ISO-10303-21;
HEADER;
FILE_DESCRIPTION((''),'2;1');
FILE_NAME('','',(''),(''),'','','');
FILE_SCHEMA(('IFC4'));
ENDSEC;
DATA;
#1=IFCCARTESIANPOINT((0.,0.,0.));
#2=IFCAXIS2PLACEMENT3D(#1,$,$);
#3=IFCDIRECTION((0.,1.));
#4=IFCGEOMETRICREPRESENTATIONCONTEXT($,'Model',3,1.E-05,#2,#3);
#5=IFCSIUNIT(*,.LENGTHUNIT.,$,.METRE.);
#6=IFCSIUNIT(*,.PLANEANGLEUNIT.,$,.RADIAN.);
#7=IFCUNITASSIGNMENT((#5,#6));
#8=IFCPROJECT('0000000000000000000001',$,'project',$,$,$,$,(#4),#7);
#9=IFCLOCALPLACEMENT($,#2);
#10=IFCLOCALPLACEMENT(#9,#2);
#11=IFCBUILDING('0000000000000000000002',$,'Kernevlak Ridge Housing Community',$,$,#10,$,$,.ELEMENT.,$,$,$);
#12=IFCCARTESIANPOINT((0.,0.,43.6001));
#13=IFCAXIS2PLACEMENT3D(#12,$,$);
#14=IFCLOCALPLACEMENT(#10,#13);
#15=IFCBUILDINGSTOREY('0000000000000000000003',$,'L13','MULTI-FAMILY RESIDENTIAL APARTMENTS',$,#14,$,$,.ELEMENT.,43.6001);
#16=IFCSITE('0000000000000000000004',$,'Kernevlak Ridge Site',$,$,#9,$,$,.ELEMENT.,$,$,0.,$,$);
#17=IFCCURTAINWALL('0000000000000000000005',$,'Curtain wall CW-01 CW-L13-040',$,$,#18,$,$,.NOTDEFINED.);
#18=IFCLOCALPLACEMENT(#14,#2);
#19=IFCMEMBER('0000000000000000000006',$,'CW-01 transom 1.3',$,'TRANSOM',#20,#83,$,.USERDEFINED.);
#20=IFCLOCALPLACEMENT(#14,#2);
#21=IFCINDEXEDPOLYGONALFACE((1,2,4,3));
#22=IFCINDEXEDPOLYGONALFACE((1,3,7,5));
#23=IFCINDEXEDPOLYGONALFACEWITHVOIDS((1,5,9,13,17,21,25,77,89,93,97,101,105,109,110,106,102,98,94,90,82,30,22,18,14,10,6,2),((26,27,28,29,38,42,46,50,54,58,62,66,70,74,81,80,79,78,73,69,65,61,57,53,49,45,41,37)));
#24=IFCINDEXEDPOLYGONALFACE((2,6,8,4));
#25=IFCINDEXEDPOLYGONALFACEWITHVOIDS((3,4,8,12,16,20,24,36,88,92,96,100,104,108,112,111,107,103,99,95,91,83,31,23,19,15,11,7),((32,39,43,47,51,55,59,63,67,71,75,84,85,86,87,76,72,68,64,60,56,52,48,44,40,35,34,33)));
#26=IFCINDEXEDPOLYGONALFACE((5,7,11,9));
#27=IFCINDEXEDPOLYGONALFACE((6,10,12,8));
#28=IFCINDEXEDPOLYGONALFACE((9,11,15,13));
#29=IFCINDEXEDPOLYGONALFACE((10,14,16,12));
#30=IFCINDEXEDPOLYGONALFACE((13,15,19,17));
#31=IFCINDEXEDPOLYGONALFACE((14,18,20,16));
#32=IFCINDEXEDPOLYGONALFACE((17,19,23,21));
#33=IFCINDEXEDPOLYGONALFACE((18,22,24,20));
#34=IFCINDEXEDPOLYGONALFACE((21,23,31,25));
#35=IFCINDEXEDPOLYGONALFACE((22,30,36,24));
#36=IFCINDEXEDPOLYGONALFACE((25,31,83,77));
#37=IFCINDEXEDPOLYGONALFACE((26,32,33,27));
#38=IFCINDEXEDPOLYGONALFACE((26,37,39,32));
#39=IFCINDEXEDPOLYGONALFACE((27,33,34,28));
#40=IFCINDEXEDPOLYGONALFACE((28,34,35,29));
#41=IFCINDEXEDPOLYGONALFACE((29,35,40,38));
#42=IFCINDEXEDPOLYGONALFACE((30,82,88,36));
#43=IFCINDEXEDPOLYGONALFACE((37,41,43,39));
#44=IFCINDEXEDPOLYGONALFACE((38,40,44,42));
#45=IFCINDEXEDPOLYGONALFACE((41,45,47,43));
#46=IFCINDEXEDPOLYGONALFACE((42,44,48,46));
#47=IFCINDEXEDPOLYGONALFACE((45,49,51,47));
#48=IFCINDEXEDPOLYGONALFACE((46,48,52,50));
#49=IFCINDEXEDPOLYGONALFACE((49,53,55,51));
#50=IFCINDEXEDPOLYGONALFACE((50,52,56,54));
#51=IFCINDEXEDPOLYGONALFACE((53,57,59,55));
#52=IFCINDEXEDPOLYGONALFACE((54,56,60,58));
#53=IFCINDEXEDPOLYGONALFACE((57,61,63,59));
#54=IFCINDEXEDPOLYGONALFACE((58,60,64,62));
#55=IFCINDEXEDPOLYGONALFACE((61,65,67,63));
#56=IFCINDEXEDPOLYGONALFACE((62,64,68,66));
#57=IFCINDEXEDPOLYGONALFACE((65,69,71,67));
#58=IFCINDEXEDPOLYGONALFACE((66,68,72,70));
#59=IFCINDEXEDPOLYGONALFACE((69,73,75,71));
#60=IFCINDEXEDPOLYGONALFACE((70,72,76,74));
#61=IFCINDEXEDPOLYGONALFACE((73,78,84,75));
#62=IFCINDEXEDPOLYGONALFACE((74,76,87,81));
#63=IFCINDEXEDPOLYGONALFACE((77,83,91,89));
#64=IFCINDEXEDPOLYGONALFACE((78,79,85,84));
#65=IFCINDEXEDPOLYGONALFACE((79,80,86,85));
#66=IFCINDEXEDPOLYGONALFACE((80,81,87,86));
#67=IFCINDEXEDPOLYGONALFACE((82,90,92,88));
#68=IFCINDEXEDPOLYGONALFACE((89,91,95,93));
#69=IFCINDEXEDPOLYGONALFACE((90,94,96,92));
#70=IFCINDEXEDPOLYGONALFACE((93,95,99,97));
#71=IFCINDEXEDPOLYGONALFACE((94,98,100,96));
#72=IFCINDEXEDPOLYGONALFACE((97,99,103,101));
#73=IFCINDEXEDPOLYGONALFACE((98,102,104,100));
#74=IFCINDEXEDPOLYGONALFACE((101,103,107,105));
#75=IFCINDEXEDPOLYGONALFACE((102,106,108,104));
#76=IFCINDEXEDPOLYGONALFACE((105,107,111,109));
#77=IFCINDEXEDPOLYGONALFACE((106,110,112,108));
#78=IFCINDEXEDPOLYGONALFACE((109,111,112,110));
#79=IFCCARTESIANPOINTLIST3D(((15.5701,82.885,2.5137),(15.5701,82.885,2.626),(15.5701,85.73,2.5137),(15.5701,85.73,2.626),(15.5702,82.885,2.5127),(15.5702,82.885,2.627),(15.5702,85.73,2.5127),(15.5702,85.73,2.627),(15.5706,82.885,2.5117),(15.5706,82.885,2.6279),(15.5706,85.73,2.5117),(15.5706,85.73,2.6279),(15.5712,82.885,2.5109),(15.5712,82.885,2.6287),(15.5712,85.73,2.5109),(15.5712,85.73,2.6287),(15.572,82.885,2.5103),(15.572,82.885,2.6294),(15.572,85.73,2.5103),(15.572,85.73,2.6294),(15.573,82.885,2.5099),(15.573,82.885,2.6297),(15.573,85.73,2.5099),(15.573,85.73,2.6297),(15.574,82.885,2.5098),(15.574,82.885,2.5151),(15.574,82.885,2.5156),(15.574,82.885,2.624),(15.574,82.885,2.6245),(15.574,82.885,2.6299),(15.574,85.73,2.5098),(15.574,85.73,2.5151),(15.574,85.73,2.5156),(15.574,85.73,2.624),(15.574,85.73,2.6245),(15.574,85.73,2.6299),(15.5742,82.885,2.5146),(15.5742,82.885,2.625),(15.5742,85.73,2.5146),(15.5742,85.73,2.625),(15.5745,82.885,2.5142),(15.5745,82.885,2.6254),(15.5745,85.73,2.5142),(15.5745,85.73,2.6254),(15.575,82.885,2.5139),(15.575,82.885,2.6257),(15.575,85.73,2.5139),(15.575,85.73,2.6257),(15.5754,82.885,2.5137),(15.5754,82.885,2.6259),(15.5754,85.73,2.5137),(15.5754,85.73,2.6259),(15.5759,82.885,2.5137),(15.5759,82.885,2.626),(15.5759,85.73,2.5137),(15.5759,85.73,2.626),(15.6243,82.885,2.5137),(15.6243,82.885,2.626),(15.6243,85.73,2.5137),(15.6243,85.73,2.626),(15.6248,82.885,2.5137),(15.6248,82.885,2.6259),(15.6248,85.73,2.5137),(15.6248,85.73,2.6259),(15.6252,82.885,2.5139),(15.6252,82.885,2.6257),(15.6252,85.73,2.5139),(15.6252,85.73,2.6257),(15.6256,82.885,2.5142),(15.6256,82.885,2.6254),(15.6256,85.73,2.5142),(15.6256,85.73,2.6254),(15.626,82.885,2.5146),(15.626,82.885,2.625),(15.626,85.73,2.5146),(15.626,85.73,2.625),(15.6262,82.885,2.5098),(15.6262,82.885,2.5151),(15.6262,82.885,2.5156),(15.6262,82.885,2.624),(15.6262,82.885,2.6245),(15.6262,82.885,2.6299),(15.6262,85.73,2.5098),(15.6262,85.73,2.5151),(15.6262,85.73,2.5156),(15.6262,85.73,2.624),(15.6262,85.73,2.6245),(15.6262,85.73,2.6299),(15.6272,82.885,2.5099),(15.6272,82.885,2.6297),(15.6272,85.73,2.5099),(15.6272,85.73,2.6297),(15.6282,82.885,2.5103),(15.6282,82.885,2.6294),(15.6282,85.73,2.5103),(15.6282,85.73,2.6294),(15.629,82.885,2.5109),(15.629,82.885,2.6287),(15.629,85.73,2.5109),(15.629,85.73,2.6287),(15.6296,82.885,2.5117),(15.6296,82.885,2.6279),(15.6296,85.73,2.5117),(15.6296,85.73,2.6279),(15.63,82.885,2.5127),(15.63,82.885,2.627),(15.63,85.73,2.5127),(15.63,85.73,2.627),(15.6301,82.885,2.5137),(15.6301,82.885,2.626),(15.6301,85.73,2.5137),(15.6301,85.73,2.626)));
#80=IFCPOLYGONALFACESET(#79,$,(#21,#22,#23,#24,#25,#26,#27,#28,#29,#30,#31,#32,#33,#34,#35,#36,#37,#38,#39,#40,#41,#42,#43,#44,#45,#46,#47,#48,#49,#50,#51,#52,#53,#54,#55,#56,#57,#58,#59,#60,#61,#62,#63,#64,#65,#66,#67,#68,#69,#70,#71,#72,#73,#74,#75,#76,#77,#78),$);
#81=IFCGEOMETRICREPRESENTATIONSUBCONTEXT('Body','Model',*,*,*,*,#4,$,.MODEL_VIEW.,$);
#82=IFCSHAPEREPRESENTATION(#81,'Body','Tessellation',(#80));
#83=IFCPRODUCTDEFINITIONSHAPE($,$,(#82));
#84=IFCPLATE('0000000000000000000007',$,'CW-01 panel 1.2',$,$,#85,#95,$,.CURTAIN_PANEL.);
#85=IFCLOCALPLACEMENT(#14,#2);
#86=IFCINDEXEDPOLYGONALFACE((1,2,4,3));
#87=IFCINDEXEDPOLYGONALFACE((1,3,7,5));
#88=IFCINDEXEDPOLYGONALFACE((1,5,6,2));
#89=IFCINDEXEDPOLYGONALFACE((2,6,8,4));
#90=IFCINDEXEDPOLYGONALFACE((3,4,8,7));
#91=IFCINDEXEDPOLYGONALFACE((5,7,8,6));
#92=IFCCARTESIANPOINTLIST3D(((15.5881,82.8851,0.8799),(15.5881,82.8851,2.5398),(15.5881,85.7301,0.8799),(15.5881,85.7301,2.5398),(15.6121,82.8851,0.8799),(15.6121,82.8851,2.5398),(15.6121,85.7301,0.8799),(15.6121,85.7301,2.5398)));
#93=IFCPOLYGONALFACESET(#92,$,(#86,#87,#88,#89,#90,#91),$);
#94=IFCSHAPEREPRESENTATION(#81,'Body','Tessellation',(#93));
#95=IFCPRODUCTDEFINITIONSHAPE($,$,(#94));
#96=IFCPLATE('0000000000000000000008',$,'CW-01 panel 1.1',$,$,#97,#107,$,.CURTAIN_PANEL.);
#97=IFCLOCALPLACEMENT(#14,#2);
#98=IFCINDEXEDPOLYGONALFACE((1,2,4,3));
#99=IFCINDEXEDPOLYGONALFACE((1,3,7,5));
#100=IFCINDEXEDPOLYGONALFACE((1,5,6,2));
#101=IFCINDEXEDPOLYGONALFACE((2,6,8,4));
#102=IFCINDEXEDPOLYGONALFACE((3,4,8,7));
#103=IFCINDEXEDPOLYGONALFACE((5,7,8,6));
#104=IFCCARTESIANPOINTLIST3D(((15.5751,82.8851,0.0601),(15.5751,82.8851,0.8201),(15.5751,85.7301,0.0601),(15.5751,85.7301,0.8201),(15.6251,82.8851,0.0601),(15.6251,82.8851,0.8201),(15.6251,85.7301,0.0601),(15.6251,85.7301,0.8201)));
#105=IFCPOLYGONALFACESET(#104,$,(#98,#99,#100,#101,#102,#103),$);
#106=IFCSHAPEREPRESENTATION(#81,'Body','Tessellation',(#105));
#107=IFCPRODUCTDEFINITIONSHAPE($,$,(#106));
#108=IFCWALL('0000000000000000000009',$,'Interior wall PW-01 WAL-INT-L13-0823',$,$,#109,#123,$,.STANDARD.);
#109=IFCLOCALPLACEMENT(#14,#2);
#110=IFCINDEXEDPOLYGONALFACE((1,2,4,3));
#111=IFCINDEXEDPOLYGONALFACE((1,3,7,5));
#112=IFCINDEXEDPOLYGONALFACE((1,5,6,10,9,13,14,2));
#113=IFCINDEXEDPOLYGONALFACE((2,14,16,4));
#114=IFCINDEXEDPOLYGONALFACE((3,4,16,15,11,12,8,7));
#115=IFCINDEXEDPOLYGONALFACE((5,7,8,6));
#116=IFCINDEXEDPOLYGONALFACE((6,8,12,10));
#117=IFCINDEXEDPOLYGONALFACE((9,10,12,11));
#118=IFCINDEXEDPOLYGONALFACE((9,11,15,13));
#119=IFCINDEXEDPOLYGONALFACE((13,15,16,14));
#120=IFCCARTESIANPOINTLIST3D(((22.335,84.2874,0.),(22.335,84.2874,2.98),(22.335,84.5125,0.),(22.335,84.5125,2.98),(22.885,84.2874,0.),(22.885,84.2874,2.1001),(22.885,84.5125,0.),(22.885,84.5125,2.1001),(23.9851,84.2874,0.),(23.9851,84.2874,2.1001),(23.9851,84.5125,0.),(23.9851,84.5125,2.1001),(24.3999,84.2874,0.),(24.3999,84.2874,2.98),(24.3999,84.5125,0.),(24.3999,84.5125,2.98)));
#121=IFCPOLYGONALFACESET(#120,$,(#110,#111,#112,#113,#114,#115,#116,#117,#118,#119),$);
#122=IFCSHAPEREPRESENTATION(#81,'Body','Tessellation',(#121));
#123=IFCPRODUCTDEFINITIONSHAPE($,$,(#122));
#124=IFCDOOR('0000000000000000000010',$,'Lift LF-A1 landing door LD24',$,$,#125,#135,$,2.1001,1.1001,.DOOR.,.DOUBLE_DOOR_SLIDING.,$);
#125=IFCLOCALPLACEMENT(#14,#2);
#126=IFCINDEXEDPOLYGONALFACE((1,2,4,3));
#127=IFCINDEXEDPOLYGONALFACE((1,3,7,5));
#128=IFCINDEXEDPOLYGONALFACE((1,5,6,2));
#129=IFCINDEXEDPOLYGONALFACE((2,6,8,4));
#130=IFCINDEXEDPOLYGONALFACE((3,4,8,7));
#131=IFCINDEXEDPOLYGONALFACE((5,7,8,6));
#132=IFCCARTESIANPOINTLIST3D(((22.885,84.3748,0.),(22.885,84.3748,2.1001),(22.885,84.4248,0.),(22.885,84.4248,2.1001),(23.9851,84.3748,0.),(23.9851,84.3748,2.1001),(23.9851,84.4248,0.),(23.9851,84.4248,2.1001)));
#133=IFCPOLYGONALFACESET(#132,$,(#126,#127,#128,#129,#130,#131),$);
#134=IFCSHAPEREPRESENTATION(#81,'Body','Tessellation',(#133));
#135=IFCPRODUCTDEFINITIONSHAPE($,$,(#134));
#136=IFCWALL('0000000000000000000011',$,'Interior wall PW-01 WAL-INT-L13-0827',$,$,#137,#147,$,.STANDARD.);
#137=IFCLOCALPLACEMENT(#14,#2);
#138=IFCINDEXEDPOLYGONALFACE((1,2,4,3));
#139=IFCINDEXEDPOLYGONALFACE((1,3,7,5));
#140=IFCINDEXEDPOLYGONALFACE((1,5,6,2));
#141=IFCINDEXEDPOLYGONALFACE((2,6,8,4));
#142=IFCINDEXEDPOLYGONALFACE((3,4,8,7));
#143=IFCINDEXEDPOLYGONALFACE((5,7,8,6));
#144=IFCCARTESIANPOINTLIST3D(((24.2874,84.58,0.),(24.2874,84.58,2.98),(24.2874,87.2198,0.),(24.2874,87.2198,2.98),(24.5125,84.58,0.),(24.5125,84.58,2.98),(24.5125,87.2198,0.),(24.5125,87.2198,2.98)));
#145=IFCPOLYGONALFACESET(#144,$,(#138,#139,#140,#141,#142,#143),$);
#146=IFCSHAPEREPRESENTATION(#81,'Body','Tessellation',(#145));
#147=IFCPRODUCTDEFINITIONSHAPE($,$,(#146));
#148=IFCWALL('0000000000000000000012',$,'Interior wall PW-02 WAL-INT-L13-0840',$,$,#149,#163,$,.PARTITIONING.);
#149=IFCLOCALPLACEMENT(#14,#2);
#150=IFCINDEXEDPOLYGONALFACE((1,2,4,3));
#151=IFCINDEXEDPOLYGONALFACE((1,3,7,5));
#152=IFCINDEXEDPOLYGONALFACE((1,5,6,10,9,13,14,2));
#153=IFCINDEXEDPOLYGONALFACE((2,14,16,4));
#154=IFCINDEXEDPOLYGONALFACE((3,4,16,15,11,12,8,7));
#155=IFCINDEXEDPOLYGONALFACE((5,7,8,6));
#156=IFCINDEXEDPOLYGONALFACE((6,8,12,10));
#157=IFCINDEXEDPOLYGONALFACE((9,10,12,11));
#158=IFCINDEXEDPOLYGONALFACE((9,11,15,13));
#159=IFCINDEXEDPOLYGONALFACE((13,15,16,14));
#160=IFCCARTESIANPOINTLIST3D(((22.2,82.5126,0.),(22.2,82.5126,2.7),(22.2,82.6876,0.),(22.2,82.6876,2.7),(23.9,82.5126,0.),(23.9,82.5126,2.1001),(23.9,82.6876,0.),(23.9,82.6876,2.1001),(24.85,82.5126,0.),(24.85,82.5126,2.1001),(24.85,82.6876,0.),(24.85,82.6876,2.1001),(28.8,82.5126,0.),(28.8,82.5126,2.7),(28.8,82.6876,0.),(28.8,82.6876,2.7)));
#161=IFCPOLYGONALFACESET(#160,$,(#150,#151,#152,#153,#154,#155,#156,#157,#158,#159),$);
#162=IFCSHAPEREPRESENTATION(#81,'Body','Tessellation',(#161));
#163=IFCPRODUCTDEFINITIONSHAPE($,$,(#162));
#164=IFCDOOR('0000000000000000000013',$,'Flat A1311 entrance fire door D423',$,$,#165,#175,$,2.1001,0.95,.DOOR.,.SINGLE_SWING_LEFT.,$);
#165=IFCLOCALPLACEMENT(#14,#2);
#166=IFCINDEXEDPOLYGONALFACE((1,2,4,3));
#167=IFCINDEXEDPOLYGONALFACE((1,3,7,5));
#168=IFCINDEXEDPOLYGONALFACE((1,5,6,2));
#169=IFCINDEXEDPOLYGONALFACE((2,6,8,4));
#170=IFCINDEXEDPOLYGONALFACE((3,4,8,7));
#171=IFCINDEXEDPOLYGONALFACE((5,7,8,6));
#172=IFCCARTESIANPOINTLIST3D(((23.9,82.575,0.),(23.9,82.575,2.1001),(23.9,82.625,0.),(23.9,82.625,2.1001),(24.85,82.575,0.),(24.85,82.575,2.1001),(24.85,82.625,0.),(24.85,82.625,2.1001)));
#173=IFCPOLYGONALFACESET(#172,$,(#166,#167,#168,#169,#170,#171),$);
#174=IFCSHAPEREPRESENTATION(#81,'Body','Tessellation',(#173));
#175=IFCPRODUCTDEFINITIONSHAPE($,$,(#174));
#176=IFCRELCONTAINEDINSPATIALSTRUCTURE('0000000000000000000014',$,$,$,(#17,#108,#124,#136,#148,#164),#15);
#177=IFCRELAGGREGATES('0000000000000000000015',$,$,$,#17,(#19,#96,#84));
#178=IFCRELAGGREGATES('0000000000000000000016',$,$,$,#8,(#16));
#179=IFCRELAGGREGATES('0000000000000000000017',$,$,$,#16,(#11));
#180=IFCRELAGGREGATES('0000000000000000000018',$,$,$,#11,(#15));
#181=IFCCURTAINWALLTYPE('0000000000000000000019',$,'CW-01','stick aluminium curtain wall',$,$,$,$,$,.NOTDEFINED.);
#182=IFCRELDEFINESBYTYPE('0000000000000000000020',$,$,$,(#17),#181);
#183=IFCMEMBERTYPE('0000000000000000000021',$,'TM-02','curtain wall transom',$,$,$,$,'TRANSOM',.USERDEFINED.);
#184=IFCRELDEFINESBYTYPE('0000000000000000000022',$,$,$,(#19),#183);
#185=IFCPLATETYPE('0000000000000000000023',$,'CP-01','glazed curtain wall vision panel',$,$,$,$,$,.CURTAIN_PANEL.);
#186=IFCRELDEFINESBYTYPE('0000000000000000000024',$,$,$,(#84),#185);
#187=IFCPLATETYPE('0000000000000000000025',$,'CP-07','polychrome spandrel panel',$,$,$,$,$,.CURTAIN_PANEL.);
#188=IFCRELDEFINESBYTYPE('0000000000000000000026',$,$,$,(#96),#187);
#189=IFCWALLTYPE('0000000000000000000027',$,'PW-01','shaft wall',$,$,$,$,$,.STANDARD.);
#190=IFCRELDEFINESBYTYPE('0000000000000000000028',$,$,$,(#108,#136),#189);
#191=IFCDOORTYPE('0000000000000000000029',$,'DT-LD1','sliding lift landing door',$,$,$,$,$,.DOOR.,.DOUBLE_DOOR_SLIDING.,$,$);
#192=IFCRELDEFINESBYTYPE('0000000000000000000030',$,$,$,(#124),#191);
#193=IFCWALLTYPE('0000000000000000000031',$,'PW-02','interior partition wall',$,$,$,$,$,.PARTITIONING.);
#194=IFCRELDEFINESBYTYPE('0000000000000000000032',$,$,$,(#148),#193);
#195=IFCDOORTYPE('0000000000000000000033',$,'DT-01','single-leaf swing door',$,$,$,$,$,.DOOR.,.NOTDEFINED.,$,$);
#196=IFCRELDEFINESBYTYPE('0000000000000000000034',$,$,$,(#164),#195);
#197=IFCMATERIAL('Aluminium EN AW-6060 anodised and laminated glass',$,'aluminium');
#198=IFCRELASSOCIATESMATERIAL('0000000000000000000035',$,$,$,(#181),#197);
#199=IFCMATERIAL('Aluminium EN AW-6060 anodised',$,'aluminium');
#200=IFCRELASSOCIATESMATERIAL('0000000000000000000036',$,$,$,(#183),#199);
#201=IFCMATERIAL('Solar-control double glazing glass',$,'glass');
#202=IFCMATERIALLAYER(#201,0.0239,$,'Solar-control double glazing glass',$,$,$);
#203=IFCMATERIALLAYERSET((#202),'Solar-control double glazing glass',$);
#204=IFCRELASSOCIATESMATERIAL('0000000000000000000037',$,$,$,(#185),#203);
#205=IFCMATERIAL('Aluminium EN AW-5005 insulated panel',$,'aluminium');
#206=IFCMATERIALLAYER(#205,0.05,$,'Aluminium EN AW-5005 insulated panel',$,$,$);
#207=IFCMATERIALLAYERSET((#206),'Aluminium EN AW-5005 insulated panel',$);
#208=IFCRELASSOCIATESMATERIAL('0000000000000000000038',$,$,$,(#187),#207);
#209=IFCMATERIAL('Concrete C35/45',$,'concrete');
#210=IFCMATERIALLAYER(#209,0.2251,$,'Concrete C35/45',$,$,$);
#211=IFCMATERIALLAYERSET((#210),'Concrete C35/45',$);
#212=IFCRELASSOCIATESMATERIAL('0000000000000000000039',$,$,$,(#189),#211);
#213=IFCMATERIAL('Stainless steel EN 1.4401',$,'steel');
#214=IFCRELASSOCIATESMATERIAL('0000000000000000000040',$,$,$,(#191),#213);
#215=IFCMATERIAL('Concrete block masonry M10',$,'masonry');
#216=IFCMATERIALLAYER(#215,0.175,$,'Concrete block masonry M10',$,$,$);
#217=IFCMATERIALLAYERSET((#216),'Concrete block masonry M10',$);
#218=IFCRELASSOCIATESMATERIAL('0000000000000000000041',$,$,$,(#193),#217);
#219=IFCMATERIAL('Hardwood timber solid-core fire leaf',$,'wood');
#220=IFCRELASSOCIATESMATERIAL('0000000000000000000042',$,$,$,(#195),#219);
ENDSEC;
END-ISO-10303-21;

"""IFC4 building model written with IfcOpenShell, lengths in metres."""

from ifc_helpers import new_model, si_unit, direction, frame, frame_2d, origin, origin_2d, place, context, subcontext, project, spatial, rectangle, hollow_rectangle, extrude, material, layer, layer_set, material_profile, profile_set, type_object, element, fill, aggregate, save


model = new_model("IFC4")

# Units and contexts
model_context = context("Model", 3, precision=1e-05, world=origin(), true_north=direction((0.0, 1.0)))
body_context = subcontext(model_context, "Body", "Model", "MODEL_VIEW")
ifc_project = project(units=[si_unit("LENGTHUNIT", "METRE"), si_unit("PLANEANGLEUNIT", "RADIAN")], contexts=[model_context])

# Site, building, storey
site_placement = place(None, origin())
site = spatial("IfcSite", under=ifc_project, at=site_placement, Name="Kernevlak Ridge Site", CompositionType="ELEMENT", RefElevation=0.0)
building_placement = place(site_placement, origin())
building = spatial("IfcBuilding", under=site, at=building_placement, Name="Kernevlak Ridge Housing Community", CompositionType="ELEMENT")
storey_placement = place(building_placement, frame((0.0, 0.0, 43.6001)))
storey = spatial("IfcBuildingStorey", under=building, at=storey_placement, Name="L13", Description="MULTI-FAMILY RESIDENTIAL APARTMENTS", CompositionType="ELEMENT", Elevation=43.6001)

# Shared definitions
ifc_material_1 = material(Name="Concrete C35/45", Category="concrete")

# Curtain wall
ifc_material_2 = material(Name="Aluminium EN AW-6060 anodised and laminated glass", Category="aluminium")
curtain_wall_type = type_object("IfcCurtainWallType", Name="CW-01", Description="stick aluminium curtain wall", PredefinedType="NOTDEFINED", material=ifc_material_2)
curtain_wall_placement = place(storey_placement, origin())
curtain_wall = element("IfcCurtainWall", 1, at=curtain_wall_placement, inside=storey, type_object=curtain_wall_type, Name="Curtain wall CW-01 CW-L13-040", PredefinedType="NOTDEFINED")
ifc_material_3 = material(Name="Aluminium EN AW-6060 anodised", Category="aluminium")

# Member
ifc_material_profile_1 = material_profile(ifc_material_3, hollow_rectangle(XDim=0.0601, YDim=0.1201, WallThickness=0.0039, InnerFilletRadius=0.002, OuterFilletRadius=0.0039, at=origin_2d()), Name="ALU 60x120x4")
ifc_profile_set_1 = profile_set([ifc_material_profile_1], Name="Aluminium EN AW-6060 anodised")
member_type_1 = type_object("IfcMemberType", Name="TM-02", Description="curtain wall transom", ElementType="TRANSOM", PredefinedType="USERDEFINED", material=ifc_profile_set_1)
member_1_placement = place(storey_placement, frame((15.6001, 82.885, 2.5698), z_axis=(0.0, 1.0, 0.0), x_axis=(-1.0, 0.0, 0.0)))
member_1 = element("IfcMember", 2, at=member_1_placement, type_object=member_type_1, Name="CW-01 transom 1.3", ObjectType="TRANSOM", PredefinedType="USERDEFINED", context=body_context, shape_type="SweptSolid", body=[
    extrude(hollow_rectangle(XDim=0.0601, YDim=0.1201, WallThickness=0.0039, InnerFilletRadius=0.002, OuterFilletRadius=0.0039, at=origin_2d()), origin(), (0.0, 0.0, 1.0), 2.845),
])

# Plates
ifc_material_4 = material(Name="Solar-control double glazing glass", Category="glass")
ifc_layer_1 = layer(ifc_material_4, 0.0239, Name="Solar-control double glazing glass")
ifc_layer_set_1 = layer_set([ifc_layer_1], Name="Solar-control double glazing glass")
plate_type_1 = type_object("IfcPlateType", Name="CP-01", Description="glazed curtain wall vision panel", PredefinedType="CURTAIN_PANEL", material=ifc_layer_set_1)
plate_1_placement = place(storey_placement, frame((15.6001, 84.3076, 0.8799), z_axis=(0.0, 0.0, 1.0), x_axis=(0.0, 1.0, 0.0)))
plate_1 = element("IfcPlate", 3, at=plate_1_placement, type_object=plate_type_1, Name="CW-01 panel 1.2", PredefinedType="CURTAIN_PANEL", context=body_context, shape_type="SweptSolid", body=[
    extrude(rectangle(XDim=2.845, YDim=0.0239, at=origin_2d()), origin(), (0.0, 0.0, 1.0), 1.6599),
])
ifc_material_5 = material(Name="Aluminium EN AW-5005 insulated panel", Category="aluminium")
ifc_layer_2 = layer(ifc_material_5, 0.05, Name="Aluminium EN AW-5005 insulated panel")
ifc_layer_set_2 = layer_set([ifc_layer_2], Name="Aluminium EN AW-5005 insulated panel")
plate_type_2 = type_object("IfcPlateType", Name="CP-07", Description="polychrome spandrel panel", PredefinedType="CURTAIN_PANEL", material=ifc_layer_set_2)
plate_2_placement = place(storey_placement, frame((15.6001, 84.3076, 0.0601), z_axis=(0.0, 0.0, 1.0), x_axis=(0.0, 1.0, 0.0)))
plate_2 = element("IfcPlate", 4, at=plate_2_placement, type_object=plate_type_2, Name="CW-01 panel 1.1", PredefinedType="CURTAIN_PANEL", context=body_context, shape_type="SweptSolid", body=[
    extrude(rectangle(XDim=2.845, YDim=0.05, at=origin_2d()), origin(), (0.0, 0.0, 1.0), 0.76),
])
aggregate(curtain_wall, [member_1, plate_2, plate_1])

# Wall, opening, door
ifc_layer_3 = layer(ifc_material_1, 0.2251, Name="Concrete C35/45")
ifc_layer_set_3 = layer_set([ifc_layer_3], Name="Concrete C35/45")
wall_type_1 = type_object("IfcWallType", Name="PW-01", Description="shaft wall", PredefinedType="STANDARD", material=ifc_layer_set_3)
wall_1_placement = place(storey_placement, frame((22.335, 84.3999, 0.0), z_axis=(0.0, 0.0, 1.0), x_axis=(1.0, 0.0, 0.0)))
wall_1 = element("IfcWall", 5, at=wall_1_placement, inside=storey, type_object=wall_type_1, Name="Interior wall PW-01 WAL-INT-L13-0823", PredefinedType="STANDARD", context=body_context, shape_type="SweptSolid", body=[
    extrude(rectangle(XDim=2.0649, YDim=0.2251, at=frame_2d((1.0325, 0.0))), origin(), (0.0, 0.0, 1.0), 2.98),
])
opening_1_placement = place(wall_1_placement, frame((0.55, 0.0, 0.0)))
opening_1 = element("IfcOpeningElement", 6, at=opening_1_placement, cuts=wall_1, PredefinedType="OPENING", context=body_context, shape_type="SweptSolid", body=[
    extrude(rectangle(XDim=1.1001, YDim=2.1001, at=frame_2d((0.55, 1.05))), frame((0.0, 0.1226, 0.0), z_axis=(0.0, -1.0, 0.0), x_axis=(1.0, 0.0, 0.0)), (0.0, 0.0, 1.0), 0.2451),
])
ifc_material_6 = material(Name="Stainless steel EN 1.4401", Category="steel")
door_type_1 = type_object("IfcDoorType", Name="DT-LD1", Description="sliding lift landing door", OperationType="DOUBLE_DOOR_SLIDING", PredefinedType="DOOR", material=ifc_material_6)
door_1_placement = place(opening_1_placement, origin())
door_1 = element("IfcDoor", 7, at=door_1_placement, inside=storey, type_object=door_type_1, Name="Lift LF-A1 landing door LD24", OperationType="DOUBLE_DOOR_SLIDING", OverallHeight=2.1001, OverallWidth=1.1001, PredefinedType="DOOR", context=body_context, shape_type="SweptSolid", body=[
    extrude(rectangle(XDim=1.1001, YDim=2.1001, at=frame_2d((0.55, 1.05))), frame((0.0, 0.0249, 0.0), z_axis=(0.0, -1.0, 0.0), x_axis=(1.0, 0.0, 0.0)), (0.0, 0.0, 1.0), 0.05),
])
fill(opening_1, door_1)

# Wall
wall_2_placement = place(storey_placement, frame((24.3999, 84.5801, 0.0), z_axis=(0.0, 0.0, 1.0), x_axis=(0.0, 1.0, 0.0)))
element("IfcWall", 8, at=wall_2_placement, inside=storey, type_object=wall_type_1, Name="Interior wall PW-01 WAL-INT-L13-0827", PredefinedType="STANDARD", context=body_context, shape_type="SweptSolid", body=[
    extrude(rectangle(XDim=2.6399, YDim=0.2251, at=frame_2d((1.3198, 0.0))), origin(), (0.0, 0.0, 1.0), 2.98),
])

# Wall, opening, door
ifc_material_7 = material(Name="Concrete block masonry M10", Category="masonry")
ifc_layer_4 = layer(ifc_material_7, 0.175, Name="Concrete block masonry M10")
ifc_layer_set_4 = layer_set([ifc_layer_4], Name="Concrete block masonry M10")
wall_type_2 = type_object("IfcWallType", Name="PW-02", Description="interior partition wall", PredefinedType="PARTITIONING", material=ifc_layer_set_4)
wall_3_placement = place(storey_placement, frame((22.2, 82.6001, 0.0), z_axis=(0.0, 0.0, 1.0), x_axis=(1.0, 0.0, 0.0)))
wall_3 = element("IfcWall", 9, at=wall_3_placement, inside=storey, type_object=wall_type_2, Name="Interior wall PW-02 WAL-INT-L13-0840", PredefinedType="PARTITIONING", context=body_context, shape_type="SweptSolid", body=[
    extrude(rectangle(XDim=6.6001, YDim=0.175, at=frame_2d((3.3, 0.0))), origin(), (0.0, 0.0, 1.0), 2.7),
])
opening_2_placement = place(wall_3_placement, frame((1.7, 0.0, 0.0)))
opening_2 = element("IfcOpeningElement", 10, at=opening_2_placement, cuts=wall_3, PredefinedType="OPENING", context=body_context, shape_type="SweptSolid", body=[
    extrude(rectangle(XDim=0.95, YDim=2.1001, at=frame_2d((0.4751, 1.05))), frame((0.0, 0.0974, 0.0), z_axis=(0.0, -1.0, 0.0), x_axis=(1.0, 0.0, 0.0)), (0.0, 0.0, 1.0), 0.1951),
])
ifc_material_8 = material(Name="Hardwood timber solid-core fire leaf", Category="wood")
door_type_2 = type_object("IfcDoorType", Name="DT-01", Description="single-leaf swing door", OperationType="NOTDEFINED", PredefinedType="DOOR", material=ifc_material_8)
door_2_placement = place(opening_2_placement, origin())
door_2 = element("IfcDoor", 11, at=door_2_placement, inside=storey, type_object=door_type_2, Name="Flat A1311 entrance fire door D423", OperationType="SINGLE_SWING_LEFT", OverallHeight=2.1001, OverallWidth=0.95, PredefinedType="DOOR", context=body_context, shape_type="SweptSolid", body=[
    extrude(rectangle(XDim=0.95, YDim=2.1001, at=frame_2d((0.4751, 1.05))), frame((0.0, 0.0249, 0.0), z_axis=(0.0, -1.0, 0.0), x_axis=(1.0, 0.0, 0.0)), (0.0, 0.0, 1.0), 0.05),
])
fill(opening_2, door_2)

save(model, "model.ifc")
